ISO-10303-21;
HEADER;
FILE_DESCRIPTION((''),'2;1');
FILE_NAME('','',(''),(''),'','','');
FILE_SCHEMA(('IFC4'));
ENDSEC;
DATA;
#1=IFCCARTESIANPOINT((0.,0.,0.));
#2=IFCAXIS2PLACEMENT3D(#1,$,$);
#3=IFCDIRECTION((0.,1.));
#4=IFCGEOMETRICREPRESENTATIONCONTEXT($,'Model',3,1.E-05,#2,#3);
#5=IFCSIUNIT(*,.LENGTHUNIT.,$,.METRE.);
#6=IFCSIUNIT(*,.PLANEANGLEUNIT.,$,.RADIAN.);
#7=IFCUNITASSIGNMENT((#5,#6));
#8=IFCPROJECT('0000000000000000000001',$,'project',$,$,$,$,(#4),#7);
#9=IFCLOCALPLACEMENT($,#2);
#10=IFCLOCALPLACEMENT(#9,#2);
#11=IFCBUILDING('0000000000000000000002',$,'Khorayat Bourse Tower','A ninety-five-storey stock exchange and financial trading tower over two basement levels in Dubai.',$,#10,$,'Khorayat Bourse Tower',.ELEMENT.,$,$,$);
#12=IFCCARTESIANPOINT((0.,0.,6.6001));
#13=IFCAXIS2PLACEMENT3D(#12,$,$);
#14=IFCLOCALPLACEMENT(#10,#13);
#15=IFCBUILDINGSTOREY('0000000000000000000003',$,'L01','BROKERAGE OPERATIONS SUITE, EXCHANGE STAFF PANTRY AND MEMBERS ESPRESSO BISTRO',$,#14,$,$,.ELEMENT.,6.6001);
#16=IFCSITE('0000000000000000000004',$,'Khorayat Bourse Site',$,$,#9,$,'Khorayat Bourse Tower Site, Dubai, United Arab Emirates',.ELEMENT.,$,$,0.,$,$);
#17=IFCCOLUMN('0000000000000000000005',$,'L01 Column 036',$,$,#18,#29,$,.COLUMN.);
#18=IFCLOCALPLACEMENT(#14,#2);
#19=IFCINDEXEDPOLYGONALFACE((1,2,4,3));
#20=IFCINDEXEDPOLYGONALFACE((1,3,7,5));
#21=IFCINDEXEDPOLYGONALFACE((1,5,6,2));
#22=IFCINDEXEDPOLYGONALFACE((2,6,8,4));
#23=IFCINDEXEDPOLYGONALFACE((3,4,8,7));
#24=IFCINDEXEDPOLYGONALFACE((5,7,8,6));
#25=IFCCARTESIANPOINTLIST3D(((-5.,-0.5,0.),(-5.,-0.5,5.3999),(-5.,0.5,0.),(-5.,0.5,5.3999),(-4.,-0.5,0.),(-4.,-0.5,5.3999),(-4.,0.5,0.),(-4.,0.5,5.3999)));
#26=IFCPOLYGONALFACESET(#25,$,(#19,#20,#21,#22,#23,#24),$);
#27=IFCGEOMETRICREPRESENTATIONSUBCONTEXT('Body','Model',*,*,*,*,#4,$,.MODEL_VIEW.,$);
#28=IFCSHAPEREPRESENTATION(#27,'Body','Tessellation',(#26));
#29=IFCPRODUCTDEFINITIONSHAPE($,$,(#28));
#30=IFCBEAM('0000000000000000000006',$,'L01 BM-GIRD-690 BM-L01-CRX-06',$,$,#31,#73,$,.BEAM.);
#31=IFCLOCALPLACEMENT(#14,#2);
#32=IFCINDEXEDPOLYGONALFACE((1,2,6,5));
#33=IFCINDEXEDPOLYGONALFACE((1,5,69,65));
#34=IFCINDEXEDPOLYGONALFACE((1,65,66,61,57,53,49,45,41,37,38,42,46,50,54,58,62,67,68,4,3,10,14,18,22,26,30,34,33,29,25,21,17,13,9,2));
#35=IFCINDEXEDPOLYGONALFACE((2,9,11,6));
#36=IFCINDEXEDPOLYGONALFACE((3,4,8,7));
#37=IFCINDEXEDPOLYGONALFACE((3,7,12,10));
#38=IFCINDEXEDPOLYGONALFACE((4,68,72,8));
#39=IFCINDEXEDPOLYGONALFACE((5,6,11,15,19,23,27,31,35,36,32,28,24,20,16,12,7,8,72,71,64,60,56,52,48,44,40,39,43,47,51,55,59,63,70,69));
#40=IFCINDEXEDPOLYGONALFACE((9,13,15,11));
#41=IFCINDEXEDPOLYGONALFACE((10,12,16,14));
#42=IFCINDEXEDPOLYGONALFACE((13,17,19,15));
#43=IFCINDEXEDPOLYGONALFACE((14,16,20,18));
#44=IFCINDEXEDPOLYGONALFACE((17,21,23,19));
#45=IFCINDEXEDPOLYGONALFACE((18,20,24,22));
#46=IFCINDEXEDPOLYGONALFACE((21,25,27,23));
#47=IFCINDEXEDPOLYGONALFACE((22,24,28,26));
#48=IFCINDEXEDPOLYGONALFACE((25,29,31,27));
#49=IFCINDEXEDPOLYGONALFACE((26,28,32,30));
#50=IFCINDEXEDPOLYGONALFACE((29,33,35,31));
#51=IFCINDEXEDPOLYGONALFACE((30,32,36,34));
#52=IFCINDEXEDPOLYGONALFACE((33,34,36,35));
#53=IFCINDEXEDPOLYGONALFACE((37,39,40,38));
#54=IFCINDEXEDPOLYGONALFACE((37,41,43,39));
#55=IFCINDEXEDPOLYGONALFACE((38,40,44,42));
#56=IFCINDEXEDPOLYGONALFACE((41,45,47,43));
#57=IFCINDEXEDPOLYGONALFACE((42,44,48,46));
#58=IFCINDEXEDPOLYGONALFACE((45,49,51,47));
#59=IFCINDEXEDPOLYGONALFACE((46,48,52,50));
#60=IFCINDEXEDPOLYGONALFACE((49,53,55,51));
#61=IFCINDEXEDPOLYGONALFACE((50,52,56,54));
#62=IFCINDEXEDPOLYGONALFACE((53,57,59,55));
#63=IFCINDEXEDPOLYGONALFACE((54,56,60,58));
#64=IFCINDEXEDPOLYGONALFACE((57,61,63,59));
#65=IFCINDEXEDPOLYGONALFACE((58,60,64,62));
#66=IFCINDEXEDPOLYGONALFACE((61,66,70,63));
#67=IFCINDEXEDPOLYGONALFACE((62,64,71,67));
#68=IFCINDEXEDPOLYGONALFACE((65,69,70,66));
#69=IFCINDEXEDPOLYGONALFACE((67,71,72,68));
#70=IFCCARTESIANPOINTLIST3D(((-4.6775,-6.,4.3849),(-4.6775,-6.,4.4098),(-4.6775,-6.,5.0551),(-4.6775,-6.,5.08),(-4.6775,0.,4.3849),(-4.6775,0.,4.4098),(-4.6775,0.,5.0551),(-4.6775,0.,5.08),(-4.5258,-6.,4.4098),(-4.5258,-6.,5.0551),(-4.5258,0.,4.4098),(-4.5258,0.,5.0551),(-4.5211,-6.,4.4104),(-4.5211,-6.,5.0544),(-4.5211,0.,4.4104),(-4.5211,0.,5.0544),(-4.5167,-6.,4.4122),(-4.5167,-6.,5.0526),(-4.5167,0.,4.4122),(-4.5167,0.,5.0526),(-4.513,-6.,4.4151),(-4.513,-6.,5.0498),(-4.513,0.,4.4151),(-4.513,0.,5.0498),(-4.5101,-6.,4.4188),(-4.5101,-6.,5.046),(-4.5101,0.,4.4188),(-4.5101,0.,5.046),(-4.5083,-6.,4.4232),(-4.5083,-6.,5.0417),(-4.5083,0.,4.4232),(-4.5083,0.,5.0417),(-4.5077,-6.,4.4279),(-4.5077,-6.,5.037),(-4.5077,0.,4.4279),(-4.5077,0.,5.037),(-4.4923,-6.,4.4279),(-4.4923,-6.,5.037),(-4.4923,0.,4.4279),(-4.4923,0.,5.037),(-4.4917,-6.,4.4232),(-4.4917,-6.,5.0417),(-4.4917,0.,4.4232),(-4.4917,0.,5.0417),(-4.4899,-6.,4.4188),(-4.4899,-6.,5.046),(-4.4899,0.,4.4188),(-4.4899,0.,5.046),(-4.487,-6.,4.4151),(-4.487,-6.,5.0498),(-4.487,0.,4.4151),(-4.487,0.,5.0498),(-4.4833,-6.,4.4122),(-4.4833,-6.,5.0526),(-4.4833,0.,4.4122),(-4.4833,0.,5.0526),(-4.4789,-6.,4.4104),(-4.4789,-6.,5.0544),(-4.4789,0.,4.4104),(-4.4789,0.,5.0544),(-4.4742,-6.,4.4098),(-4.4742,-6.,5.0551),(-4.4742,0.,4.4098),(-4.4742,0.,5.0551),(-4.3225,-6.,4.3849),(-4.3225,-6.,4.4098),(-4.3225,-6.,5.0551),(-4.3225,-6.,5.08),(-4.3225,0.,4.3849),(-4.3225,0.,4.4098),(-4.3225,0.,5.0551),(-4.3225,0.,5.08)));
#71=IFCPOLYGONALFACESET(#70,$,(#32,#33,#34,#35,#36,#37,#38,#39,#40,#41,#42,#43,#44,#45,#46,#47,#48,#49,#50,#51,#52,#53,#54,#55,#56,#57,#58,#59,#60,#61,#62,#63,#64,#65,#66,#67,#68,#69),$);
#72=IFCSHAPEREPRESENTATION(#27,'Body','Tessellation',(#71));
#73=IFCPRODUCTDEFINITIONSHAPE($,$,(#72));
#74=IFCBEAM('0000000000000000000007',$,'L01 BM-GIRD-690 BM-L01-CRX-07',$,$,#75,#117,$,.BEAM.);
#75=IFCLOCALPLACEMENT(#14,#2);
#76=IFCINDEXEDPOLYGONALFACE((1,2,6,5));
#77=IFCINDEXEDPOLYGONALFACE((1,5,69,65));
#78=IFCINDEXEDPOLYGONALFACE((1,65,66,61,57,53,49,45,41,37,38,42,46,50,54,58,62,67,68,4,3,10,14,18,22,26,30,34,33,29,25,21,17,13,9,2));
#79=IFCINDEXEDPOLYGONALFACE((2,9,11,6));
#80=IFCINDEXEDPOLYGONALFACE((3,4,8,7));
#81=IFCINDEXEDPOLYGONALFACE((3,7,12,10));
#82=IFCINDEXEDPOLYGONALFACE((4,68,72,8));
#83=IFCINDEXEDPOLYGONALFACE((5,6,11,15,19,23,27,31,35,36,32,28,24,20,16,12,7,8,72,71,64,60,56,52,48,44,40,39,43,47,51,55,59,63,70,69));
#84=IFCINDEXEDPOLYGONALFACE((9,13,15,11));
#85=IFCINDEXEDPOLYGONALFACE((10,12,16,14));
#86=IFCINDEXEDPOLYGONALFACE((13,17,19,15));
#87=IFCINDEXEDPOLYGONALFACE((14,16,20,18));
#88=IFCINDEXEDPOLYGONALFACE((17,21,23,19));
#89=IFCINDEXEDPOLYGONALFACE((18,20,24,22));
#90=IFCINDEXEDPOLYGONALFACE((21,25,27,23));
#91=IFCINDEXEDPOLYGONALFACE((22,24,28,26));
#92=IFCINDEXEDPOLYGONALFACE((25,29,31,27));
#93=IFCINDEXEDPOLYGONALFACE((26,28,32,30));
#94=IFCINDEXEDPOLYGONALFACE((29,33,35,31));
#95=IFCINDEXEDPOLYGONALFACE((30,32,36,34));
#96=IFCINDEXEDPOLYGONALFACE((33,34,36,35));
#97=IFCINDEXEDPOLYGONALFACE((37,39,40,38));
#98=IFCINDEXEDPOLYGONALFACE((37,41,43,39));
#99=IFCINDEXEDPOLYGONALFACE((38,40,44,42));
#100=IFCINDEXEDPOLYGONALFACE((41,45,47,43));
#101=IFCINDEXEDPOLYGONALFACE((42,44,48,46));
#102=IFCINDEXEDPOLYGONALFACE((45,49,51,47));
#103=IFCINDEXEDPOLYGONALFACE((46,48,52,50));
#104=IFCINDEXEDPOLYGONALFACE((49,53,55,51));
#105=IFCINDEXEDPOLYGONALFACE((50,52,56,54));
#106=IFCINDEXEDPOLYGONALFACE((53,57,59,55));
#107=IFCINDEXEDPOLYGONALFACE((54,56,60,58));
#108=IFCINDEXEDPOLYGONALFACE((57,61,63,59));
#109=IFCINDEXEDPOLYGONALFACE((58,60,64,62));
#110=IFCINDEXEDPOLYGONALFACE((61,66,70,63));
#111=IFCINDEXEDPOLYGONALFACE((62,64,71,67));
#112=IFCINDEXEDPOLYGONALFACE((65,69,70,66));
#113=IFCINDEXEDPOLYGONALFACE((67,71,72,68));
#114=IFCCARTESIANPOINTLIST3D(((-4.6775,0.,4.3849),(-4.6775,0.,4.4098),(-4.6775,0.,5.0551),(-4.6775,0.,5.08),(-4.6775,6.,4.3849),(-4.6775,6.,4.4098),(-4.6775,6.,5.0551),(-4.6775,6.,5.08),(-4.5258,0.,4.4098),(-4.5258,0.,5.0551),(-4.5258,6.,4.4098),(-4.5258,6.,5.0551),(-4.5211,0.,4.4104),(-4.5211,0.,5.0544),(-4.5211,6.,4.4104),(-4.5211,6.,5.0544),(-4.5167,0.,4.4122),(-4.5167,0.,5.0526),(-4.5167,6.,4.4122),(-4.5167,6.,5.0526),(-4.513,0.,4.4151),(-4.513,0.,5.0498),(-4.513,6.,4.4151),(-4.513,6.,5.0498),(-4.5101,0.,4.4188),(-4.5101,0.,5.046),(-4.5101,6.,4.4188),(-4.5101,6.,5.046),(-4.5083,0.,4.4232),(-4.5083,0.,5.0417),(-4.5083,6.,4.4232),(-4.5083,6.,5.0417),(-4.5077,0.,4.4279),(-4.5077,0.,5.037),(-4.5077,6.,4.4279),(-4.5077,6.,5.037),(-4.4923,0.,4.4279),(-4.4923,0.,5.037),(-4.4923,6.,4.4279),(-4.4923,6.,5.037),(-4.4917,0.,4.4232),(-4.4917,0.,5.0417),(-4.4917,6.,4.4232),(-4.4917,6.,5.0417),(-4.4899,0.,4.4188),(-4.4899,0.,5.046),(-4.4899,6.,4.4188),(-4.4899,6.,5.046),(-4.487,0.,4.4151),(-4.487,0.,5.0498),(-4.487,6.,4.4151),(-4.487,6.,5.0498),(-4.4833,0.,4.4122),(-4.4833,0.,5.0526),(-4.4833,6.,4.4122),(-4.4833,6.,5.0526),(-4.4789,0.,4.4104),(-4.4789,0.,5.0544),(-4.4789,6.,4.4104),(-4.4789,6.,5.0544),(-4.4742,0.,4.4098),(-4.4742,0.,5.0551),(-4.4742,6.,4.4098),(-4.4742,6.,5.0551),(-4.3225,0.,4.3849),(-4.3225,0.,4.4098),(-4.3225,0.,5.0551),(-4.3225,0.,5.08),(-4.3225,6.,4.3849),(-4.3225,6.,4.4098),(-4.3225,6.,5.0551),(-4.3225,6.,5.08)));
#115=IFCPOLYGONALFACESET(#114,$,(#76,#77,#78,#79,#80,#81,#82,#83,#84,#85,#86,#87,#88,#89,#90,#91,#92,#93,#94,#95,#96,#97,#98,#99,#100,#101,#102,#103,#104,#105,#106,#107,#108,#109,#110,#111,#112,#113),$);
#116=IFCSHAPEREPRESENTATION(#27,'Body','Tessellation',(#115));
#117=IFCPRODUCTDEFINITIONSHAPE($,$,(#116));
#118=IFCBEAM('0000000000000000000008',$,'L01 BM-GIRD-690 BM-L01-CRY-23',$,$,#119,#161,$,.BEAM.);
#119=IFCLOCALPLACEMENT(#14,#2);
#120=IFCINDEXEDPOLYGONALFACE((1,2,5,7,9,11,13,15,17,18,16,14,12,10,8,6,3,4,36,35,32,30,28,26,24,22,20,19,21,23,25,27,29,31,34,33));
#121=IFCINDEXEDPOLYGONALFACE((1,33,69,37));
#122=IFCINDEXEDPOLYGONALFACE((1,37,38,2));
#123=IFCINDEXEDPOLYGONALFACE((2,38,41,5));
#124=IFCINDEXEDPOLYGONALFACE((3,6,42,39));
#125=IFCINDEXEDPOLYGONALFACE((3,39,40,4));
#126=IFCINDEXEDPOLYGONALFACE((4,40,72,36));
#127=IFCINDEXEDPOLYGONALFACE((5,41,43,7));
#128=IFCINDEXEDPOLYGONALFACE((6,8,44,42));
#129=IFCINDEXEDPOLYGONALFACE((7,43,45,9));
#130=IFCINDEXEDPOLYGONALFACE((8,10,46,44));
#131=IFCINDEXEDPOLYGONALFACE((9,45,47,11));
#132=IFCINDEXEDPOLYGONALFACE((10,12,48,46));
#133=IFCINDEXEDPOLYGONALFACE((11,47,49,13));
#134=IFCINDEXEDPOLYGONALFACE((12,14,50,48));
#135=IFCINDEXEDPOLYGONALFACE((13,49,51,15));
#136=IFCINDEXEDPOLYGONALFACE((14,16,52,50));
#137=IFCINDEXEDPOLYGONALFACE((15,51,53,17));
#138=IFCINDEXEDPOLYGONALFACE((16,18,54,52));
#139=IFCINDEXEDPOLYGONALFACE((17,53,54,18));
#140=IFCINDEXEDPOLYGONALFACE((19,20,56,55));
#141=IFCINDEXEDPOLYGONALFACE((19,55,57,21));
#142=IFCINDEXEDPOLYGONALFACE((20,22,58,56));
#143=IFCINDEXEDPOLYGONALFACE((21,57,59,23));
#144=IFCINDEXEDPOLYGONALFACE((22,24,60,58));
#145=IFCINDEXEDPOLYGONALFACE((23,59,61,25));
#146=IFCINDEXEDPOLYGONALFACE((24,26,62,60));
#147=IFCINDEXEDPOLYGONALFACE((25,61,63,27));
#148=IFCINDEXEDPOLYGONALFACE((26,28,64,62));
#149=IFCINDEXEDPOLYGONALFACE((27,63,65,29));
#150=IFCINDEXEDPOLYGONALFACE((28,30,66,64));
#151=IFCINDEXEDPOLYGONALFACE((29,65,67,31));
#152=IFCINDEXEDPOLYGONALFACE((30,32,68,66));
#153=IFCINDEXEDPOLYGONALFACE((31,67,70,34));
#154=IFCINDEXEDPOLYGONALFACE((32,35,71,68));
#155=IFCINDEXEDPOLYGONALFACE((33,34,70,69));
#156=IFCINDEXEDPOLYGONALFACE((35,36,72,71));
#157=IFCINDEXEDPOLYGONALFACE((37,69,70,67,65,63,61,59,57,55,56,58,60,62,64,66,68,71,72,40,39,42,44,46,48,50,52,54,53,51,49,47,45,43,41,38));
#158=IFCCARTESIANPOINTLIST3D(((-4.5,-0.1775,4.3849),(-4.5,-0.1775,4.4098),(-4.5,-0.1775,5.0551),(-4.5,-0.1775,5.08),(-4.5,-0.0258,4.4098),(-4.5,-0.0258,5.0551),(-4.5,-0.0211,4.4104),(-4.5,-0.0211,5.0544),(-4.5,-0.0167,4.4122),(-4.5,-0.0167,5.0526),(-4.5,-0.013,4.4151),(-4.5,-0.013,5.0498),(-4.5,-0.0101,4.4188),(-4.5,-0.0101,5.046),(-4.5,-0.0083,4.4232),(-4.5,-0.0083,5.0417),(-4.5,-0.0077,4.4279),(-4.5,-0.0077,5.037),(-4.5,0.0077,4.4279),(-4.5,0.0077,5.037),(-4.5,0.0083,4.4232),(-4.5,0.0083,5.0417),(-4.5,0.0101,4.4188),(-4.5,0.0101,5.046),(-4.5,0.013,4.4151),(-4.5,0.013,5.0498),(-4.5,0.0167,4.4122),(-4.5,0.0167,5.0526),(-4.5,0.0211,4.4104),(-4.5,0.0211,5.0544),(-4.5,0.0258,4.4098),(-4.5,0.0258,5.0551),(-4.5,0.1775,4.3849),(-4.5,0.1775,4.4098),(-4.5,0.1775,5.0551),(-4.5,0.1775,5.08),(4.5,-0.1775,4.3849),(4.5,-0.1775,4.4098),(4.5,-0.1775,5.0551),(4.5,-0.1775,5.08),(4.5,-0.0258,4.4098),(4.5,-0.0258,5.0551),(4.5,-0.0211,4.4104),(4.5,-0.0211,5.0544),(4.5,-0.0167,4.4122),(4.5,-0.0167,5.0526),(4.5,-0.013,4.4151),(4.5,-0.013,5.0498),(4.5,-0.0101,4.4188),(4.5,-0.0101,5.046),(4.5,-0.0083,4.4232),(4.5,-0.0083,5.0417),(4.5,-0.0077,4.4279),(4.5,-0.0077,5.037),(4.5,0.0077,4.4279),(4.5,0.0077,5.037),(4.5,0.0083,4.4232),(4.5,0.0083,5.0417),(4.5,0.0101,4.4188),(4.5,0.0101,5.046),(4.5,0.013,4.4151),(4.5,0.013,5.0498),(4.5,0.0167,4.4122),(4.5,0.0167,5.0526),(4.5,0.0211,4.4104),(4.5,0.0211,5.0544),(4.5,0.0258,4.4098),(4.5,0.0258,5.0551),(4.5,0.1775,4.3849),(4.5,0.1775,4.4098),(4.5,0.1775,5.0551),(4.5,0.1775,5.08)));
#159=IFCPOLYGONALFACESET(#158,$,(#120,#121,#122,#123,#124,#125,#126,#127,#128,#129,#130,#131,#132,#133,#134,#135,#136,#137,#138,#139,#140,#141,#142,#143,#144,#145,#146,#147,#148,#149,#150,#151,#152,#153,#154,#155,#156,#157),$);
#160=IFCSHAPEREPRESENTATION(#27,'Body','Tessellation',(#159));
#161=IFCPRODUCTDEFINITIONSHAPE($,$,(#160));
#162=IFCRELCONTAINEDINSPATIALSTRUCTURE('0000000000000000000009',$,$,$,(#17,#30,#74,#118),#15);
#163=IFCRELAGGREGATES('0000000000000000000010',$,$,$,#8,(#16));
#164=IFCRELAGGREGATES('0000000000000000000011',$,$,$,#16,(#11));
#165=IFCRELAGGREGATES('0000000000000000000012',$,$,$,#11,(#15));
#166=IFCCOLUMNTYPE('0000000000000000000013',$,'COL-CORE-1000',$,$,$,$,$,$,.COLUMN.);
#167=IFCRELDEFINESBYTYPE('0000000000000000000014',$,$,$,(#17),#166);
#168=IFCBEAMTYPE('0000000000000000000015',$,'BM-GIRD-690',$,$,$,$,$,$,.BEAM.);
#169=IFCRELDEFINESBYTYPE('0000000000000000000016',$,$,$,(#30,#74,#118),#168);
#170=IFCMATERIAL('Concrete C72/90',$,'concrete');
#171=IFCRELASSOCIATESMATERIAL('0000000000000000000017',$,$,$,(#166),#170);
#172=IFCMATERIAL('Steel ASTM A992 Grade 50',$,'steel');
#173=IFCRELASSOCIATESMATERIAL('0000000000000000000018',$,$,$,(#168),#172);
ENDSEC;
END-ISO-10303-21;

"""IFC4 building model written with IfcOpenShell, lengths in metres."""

from ifc_helpers import new_model, si_unit, direction, frame, origin, origin_2d, place, context, subcontext, project, spatial, rectangle, i_section, extrude, source, transform, mapped, material, material_profile, profile_set, type_object, element, save


model = new_model("IFC4")

# Units and contexts
model_context = context("Model", 3, precision=1e-05, world=origin(), true_north=direction((0.0, 1.0)))
body_context = subcontext(model_context, "Body", "Model", "MODEL_VIEW")
ifc_project = project(units=[si_unit("LENGTHUNIT", "METRE"), si_unit("PLANEANGLEUNIT", "RADIAN")], contexts=[model_context])

# Site, building, storey
site_placement = place(None, origin())
site = spatial("IfcSite", under=ifc_project, at=site_placement, Name="Khorayat Bourse Site", LongName="Khorayat Bourse Tower Site, Dubai, United Arab Emirates", CompositionType="ELEMENT", RefElevation=0.0)
building_placement = place(site_placement, origin())
building = spatial("IfcBuilding", under=site, at=building_placement, Name="Khorayat Bourse Tower", Description="A ninety-five-storey stock exchange and financial trading tower over two basement levels in Dubai.", LongName="Khorayat Bourse Tower", CompositionType="ELEMENT")
storey_placement = place(building_placement, frame((0.0, 0.0, 6.6001)))
storey = spatial("IfcBuildingStorey", under=building, at=storey_placement, Name="L01", Description="BROKERAGE OPERATIONS SUITE, EXCHANGE STAFF PANTRY AND MEMBERS ESPRESSO BISTRO", CompositionType="ELEMENT", Elevation=6.6001)

# Column
ifc_material_1 = material(Name="Concrete C72/90", Category="concrete")
ifc_material_profile_1 = material_profile(ifc_material_1, rectangle(XDim=1.0, YDim=1.0, at=origin_2d()), Name="RC 1000x1000")
ifc_profile_set_1 = profile_set([ifc_material_profile_1], Name="Concrete C72/90")
column_type = type_object("IfcColumnType", Name="COL-CORE-1000", PredefinedType="COLUMN", material=ifc_profile_set_1)
shared_shape_1 = source(origin(), body_context, "Body", "SweptSolid", [
    extrude(rectangle(XDim=1.0, YDim=1.0, at=origin_2d()), origin(), (0.0, 0.0, 1.0), 5.3999),
])
column_placement = place(storey_placement, frame((-4.5, 0.0, 0.0), z_axis=(0.0, 0.0, 1.0), x_axis=(1.0, 0.0, 0.0)))
element("IfcColumn", 1, at=column_placement, inside=storey, type_object=column_type, Name="L01 Column 036", PredefinedType="COLUMN", context=body_context, shape_type="MappedRepresentation", body=[
    mapped(shared_shape_1, transform((0.0, 0.0, 0.0), scale=1.0)),
])

# Beams
ifc_material_2 = material(Name="Steel ASTM A992 Grade 50", Category="steel")
ifc_material_profile_2 = material_profile(ifc_material_2, i_section(OverallWidth=0.355, OverallDepth=0.6951, WebThickness=0.0154, FlangeThickness=0.0249, FilletRadius=0.0181, at=origin_2d()), Name="W690X217")
ifc_profile_set_2 = profile_set([ifc_material_profile_2], Name="Steel ASTM A992 Grade 50")
beam_type = type_object("IfcBeamType", Name="BM-GIRD-690", PredefinedType="BEAM", material=ifc_profile_set_2)
shared_shape_2 = source(origin(), body_context, "Body", "SweptSolid", [
    extrude(i_section(OverallWidth=0.355, OverallDepth=0.6951, WebThickness=0.0154, FlangeThickness=0.0249, FilletRadius=0.0181, at=origin_2d()), origin(), (0.0, 0.0, 1.0), 6.0),
])
for number, where, z_axis, x_axis, name in (
    (2, (-4.5, -6.0, 4.7324), (0.0, 1.0, 0.0), (-1.0, 0.0, 0.0), "L01 BM-GIRD-690 BM-L01-CRX-06"),
    (3, (-4.5, 0.0, 4.7324), (0.0, 1.0, 0.0), (-1.0, 0.0, 0.0), "L01 BM-GIRD-690 BM-L01-CRX-07"),
):
    element("IfcBeam", number, at=place(storey_placement, frame(where, z_axis=z_axis, x_axis=x_axis)), inside=storey, type_object=beam_type, Name=name, PredefinedType="BEAM", context=body_context, shape_type="MappedRepresentation", body=[
        mapped(shared_shape_2, transform((0.0, 0.0, 0.0), scale=1.0)),
    ])
shared_shape_3 = source(origin(), body_context, "Body", "SweptSolid", [
    extrude(i_section(OverallWidth=0.355, OverallDepth=0.6951, WebThickness=0.0154, FlangeThickness=0.0249, FilletRadius=0.0181, at=origin_2d()), origin(), (0.0, 0.0, 1.0), 9.0),
])
beam_placement = place(storey_placement, frame((-4.5, 0.0, 4.7324), z_axis=(1.0, 0.0, 0.0), x_axis=(0.0, 1.0, 0.0)))
element("IfcBeam", 4, at=beam_placement, inside=storey, type_object=beam_type, Name="L01 BM-GIRD-690 BM-L01-CRY-23", PredefinedType="BEAM", context=body_context, shape_type="MappedRepresentation", body=[
    mapped(shared_shape_3, transform((0.0, 0.0, 0.0), scale=1.0)),
])

save(model, "model.ifc")
